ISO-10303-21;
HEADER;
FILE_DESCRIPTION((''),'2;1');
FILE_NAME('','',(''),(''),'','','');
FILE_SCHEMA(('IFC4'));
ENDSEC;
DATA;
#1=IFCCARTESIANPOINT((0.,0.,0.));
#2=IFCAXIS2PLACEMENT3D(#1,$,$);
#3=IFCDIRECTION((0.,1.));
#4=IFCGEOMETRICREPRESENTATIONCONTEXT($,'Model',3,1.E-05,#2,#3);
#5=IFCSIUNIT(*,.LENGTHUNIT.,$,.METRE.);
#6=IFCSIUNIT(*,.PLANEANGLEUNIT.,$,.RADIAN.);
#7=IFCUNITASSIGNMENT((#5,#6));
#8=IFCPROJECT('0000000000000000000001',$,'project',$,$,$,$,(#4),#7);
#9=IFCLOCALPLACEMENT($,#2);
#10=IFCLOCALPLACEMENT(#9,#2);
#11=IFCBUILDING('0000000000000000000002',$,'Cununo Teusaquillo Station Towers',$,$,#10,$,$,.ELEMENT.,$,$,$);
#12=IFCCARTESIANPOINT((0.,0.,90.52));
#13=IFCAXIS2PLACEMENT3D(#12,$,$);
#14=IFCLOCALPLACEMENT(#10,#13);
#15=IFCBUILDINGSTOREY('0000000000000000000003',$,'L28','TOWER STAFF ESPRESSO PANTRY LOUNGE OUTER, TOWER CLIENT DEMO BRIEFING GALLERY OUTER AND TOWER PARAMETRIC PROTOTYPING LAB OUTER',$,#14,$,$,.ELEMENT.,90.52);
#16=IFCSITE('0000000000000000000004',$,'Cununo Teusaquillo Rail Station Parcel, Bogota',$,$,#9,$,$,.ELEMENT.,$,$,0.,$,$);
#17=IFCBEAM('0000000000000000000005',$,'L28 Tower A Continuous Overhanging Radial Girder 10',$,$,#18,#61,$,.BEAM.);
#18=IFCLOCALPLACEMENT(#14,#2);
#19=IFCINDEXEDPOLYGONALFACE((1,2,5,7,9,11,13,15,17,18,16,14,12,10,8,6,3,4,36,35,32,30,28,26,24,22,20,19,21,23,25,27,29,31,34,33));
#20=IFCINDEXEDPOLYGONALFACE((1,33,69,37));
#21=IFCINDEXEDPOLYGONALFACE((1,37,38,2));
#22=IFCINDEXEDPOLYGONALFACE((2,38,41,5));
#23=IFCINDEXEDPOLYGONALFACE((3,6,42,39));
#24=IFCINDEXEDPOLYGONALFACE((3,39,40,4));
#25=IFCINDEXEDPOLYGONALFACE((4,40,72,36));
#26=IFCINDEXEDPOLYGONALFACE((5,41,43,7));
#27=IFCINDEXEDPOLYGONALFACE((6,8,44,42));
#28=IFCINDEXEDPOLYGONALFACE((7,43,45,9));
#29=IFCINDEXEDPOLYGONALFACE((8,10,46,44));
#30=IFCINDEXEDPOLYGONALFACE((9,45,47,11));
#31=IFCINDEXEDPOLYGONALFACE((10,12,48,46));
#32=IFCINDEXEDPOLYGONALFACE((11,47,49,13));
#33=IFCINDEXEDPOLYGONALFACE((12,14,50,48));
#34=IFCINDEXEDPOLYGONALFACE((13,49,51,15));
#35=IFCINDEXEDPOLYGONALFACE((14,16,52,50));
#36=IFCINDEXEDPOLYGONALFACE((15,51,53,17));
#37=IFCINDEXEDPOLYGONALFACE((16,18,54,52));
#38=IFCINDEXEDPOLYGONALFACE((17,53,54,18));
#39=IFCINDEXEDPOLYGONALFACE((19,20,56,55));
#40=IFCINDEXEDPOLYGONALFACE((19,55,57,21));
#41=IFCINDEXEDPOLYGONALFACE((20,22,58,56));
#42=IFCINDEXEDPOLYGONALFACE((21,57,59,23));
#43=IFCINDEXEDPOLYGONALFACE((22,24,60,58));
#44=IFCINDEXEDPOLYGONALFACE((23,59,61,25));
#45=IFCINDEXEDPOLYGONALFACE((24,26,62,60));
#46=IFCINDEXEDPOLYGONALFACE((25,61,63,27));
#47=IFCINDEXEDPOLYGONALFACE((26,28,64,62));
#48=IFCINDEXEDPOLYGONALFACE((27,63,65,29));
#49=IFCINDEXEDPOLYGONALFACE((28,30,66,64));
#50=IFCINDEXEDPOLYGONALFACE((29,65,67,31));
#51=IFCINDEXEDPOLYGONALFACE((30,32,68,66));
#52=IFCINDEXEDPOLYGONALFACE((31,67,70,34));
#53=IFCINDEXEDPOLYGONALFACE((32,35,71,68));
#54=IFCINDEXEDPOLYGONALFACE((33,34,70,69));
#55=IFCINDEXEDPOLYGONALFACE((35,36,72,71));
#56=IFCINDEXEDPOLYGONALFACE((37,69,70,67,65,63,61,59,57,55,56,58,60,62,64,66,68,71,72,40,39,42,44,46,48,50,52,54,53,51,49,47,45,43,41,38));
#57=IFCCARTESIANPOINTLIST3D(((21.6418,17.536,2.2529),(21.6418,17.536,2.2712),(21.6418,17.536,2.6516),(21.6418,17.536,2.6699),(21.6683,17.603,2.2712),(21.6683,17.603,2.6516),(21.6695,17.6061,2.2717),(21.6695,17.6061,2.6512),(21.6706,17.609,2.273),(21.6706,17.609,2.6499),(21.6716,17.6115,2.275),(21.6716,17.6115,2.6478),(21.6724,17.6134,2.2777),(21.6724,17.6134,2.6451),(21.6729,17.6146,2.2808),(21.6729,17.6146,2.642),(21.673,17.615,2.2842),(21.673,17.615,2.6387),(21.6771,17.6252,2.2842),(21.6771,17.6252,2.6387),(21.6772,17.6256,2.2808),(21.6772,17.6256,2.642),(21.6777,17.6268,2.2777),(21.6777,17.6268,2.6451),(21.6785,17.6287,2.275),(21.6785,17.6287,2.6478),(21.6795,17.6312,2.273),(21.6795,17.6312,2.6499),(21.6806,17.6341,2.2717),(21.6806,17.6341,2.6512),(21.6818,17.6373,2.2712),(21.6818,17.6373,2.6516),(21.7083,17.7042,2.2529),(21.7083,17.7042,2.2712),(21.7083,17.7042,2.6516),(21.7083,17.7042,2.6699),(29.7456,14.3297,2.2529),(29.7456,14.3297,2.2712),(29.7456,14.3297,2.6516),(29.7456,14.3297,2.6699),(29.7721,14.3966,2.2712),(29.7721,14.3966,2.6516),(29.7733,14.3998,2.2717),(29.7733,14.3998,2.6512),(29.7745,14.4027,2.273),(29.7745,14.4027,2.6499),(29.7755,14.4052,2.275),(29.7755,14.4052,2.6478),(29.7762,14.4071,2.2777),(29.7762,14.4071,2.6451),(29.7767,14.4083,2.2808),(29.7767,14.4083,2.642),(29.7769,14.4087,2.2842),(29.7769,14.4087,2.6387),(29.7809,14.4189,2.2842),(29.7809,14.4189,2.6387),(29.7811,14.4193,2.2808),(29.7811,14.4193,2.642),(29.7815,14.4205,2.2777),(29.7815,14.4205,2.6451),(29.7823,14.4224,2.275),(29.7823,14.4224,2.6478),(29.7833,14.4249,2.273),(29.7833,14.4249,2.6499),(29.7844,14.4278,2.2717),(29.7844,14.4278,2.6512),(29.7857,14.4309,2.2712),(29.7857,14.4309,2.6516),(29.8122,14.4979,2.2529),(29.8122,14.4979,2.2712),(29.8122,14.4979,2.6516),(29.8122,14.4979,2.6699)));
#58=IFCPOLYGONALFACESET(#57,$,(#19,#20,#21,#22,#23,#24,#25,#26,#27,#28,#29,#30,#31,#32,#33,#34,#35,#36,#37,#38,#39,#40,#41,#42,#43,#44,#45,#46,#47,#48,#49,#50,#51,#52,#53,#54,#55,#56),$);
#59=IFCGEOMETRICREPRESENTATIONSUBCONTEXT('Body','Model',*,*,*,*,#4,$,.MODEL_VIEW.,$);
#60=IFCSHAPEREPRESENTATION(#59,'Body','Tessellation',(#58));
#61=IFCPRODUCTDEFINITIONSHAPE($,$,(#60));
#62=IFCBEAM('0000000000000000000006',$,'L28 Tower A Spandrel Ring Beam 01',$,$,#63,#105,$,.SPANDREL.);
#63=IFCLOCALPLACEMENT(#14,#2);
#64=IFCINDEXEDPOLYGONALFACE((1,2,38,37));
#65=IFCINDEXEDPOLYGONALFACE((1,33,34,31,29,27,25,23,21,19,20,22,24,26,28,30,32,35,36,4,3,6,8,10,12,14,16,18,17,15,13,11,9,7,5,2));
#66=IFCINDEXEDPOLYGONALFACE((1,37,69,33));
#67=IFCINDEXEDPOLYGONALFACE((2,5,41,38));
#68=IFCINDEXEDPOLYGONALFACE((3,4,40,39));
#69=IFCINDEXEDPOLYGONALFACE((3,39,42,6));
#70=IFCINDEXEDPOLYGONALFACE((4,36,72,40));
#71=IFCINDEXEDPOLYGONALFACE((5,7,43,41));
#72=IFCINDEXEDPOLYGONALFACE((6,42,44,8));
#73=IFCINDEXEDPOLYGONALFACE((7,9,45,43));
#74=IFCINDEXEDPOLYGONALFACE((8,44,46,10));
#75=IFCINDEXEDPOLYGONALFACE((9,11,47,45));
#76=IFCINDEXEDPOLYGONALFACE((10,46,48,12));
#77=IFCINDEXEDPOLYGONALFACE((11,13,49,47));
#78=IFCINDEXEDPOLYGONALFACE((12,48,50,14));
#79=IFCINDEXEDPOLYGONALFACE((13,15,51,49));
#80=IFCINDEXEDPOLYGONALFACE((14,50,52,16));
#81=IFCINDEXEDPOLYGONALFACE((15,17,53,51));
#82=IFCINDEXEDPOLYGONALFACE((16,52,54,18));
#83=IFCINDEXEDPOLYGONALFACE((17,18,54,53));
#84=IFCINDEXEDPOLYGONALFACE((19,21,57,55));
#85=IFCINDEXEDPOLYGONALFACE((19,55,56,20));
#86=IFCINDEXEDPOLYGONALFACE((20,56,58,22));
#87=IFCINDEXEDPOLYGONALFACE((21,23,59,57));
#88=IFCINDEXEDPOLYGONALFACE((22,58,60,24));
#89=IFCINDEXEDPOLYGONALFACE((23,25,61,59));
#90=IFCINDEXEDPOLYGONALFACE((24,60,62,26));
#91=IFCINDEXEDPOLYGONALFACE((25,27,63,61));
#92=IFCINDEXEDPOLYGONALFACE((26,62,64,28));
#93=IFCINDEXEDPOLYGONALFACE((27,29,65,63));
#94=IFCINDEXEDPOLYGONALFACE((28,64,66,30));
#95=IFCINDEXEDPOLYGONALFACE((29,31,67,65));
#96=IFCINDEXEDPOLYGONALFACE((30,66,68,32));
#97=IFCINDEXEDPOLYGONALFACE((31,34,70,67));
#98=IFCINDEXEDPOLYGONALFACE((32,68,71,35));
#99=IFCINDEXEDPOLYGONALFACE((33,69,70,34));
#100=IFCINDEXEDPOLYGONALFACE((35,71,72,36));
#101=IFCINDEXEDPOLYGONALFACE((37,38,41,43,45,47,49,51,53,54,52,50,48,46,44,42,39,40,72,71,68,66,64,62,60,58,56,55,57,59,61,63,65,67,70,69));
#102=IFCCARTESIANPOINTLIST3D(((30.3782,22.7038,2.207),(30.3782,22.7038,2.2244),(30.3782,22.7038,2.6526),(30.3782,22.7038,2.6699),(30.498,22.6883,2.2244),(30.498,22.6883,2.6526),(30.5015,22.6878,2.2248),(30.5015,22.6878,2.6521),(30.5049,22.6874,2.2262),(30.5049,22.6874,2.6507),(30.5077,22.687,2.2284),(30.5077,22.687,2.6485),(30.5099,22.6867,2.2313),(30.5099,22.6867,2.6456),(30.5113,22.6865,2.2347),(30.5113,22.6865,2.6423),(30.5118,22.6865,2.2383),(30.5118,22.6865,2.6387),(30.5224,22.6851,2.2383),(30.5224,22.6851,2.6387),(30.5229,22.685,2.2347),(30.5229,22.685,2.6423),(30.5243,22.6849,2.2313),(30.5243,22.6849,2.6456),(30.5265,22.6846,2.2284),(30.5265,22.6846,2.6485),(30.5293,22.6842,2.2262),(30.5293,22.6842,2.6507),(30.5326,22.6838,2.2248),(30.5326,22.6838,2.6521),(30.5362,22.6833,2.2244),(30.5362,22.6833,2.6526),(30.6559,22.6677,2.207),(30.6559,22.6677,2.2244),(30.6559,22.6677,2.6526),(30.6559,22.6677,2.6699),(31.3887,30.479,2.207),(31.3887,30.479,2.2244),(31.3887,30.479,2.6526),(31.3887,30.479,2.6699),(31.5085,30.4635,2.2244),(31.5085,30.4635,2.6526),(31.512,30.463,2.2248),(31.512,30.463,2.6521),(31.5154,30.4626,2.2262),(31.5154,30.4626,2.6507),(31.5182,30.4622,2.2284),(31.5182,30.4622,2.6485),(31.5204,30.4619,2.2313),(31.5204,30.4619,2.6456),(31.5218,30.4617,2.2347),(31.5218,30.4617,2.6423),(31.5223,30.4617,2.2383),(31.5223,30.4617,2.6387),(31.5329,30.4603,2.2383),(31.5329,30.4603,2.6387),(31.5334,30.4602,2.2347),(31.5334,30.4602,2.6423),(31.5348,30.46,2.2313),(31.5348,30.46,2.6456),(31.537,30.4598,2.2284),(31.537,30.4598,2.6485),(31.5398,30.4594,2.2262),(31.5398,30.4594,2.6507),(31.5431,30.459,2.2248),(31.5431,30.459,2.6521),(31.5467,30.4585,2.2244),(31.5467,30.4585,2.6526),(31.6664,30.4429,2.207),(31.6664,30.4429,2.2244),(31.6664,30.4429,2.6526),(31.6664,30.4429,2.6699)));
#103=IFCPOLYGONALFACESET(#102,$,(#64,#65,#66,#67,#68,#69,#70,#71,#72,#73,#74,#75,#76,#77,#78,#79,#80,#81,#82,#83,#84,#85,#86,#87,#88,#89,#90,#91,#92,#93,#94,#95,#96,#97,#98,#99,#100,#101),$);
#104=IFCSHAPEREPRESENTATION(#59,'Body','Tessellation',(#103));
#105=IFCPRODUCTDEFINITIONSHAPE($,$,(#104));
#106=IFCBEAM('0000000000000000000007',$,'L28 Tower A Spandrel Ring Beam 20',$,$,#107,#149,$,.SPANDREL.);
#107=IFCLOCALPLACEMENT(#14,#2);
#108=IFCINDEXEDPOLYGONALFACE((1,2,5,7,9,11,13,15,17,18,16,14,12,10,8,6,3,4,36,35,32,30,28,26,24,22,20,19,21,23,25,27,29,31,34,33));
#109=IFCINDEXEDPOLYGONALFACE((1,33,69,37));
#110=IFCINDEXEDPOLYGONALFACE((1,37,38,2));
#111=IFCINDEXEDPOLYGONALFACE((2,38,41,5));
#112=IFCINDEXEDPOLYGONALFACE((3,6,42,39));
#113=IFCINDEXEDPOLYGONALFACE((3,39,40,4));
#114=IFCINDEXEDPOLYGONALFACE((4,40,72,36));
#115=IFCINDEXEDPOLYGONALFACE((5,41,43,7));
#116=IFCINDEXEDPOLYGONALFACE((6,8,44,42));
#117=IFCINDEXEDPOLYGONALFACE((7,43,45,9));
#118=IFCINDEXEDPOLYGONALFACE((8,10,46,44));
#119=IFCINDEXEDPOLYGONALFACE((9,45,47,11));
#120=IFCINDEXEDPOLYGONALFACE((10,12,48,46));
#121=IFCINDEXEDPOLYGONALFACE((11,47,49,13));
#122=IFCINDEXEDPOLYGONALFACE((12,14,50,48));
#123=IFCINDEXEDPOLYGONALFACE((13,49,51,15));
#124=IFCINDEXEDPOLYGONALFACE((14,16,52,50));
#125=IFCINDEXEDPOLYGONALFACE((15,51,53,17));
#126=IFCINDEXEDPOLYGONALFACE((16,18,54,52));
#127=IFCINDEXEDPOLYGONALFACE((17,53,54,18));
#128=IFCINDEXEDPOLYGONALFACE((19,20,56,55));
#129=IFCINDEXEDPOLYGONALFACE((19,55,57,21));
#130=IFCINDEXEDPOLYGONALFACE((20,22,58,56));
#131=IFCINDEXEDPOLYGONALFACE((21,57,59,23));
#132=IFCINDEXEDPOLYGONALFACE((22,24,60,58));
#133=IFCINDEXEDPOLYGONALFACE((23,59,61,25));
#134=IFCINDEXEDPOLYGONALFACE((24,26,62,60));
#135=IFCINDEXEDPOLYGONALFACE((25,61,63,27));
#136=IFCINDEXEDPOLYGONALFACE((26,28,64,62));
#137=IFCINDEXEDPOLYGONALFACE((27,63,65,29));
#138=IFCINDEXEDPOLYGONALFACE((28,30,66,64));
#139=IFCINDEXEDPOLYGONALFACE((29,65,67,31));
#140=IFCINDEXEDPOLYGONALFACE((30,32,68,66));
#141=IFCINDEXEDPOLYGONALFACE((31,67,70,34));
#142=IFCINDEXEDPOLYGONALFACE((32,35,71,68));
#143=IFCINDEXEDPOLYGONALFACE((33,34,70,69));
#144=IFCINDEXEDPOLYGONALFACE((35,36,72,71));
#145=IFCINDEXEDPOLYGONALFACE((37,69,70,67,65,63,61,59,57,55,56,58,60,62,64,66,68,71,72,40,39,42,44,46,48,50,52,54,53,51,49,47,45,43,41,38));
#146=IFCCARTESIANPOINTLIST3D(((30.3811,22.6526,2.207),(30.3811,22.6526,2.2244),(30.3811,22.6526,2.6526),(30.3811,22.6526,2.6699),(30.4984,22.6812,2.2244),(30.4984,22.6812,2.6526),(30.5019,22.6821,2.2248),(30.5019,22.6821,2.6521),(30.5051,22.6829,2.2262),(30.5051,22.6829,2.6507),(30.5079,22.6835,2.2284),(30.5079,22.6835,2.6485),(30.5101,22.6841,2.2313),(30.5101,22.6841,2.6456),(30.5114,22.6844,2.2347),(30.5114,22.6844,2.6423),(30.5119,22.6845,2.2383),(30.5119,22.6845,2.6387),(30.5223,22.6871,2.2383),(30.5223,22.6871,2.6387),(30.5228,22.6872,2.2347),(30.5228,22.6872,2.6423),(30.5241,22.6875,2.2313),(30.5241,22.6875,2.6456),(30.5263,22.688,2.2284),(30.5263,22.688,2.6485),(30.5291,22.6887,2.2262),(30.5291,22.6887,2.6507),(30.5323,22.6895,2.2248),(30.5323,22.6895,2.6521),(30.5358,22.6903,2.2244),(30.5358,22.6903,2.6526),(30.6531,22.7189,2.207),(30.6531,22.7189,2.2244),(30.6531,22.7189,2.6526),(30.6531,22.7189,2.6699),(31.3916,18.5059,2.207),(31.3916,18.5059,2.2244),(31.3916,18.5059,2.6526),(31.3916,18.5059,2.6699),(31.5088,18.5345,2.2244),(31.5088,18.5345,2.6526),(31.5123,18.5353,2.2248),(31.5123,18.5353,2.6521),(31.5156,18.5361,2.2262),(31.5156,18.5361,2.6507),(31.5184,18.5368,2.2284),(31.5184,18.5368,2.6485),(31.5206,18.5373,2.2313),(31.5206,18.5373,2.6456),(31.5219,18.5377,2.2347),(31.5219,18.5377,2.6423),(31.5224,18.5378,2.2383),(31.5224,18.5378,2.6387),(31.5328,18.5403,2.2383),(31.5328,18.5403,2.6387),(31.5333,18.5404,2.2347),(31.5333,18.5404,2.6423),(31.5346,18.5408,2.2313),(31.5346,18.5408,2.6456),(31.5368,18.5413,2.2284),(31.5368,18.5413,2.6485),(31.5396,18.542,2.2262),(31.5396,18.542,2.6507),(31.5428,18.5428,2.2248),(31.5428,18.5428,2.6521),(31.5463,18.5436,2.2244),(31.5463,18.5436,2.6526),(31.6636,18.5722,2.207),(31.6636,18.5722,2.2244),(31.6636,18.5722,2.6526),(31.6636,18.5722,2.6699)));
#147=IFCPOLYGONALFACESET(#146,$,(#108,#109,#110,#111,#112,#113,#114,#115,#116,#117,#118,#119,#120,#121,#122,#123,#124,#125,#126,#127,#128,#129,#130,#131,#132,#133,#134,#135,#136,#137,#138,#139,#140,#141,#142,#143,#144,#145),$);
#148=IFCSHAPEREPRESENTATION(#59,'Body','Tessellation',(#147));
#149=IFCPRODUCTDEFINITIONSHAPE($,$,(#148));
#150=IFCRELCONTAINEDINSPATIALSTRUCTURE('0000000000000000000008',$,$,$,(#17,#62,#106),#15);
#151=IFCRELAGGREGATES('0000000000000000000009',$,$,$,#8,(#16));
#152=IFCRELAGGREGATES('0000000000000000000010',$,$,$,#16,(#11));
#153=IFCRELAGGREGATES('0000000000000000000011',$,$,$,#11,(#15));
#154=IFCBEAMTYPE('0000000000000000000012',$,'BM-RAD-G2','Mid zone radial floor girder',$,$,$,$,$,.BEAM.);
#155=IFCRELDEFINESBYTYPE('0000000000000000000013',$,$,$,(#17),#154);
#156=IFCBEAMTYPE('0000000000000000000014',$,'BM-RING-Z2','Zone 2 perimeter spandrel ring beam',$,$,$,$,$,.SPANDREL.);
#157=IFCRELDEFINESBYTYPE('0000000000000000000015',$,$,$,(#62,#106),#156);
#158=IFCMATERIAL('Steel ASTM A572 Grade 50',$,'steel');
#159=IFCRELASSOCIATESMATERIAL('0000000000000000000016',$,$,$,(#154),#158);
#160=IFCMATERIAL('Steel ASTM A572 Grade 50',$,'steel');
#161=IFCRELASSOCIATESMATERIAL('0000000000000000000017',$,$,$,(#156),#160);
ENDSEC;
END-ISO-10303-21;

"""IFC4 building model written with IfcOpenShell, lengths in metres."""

from ifc_helpers import new_model, si_unit, direction, frame, origin, origin_2d, place, context, subcontext, project, spatial, i_section, extrude, material, material_profile, profile_set, type_object, element, save


model = new_model("IFC4")

# Units and contexts
model_context = context("Model", 3, precision=1e-05, world=origin(), true_north=direction((0.0, 1.0)))
body_context = subcontext(model_context, "Body", "Model", "MODEL_VIEW")
ifc_project = project(units=[si_unit("LENGTHUNIT", "METRE"), si_unit("PLANEANGLEUNIT", "RADIAN")], contexts=[model_context])

# Site, building, storey
site_placement = place(None, origin())
site = spatial("IfcSite", under=ifc_project, at=site_placement, Name="Cununo Teusaquillo Rail Station Parcel, Bogota", CompositionType="ELEMENT", RefElevation=0.0)
building_placement = place(site_placement, origin())
building = spatial("IfcBuilding", under=site, at=building_placement, Name="Cununo Teusaquillo Station Towers", CompositionType="ELEMENT")
storey_placement = place(building_placement, frame((0.0, 0.0, 90.52)))
storey = spatial("IfcBuildingStorey", under=building, at=storey_placement, Name="L28", Description="TOWER STAFF ESPRESSO PANTRY LOUNGE OUTER, TOWER CLIENT DEMO BRIEFING GALLERY OUTER AND TOWER PARAMETRIC PROTOTYPING LAB OUTER", CompositionType="ELEMENT", Elevation=90.52)

# Beams
ifc_material_1 = material(Name="Steel ASTM A572 Grade 50", Category="steel")
ifc_material_profile_1 = material_profile(ifc_material_1, i_section(OverallWidth=0.1809, OverallDepth=0.417, WebThickness=0.011, FlangeThickness=0.0183, FilletRadius=0.0129, at=origin_2d()), Name="W16X57")
ifc_profile_set_1 = profile_set([ifc_material_profile_1], Name="Steel ASTM A572 Grade 50")
beam_type_1 = type_object("IfcBeamType", Name="BM-RAD-G2", Description="Mid zone radial floor girder", PredefinedType="BEAM", material=ifc_profile_set_1)
beam_1_placement = place(storey_placement, frame((21.675, 17.6201, 2.4614), z_axis=(0.929863, -0.367906, 0.0), x_axis=(0.367906, 0.929863, 0.0)))
element("IfcBeam", 1, at=beam_1_placement, inside=storey, type_object=beam_type_1, Name="L28 Tower A Continuous Overhanging Radial Girder 10", PredefinedType="BEAM", context=body_context, shape_type="SweptSolid", body=[
    extrude(i_section(OverallWidth=0.1809, OverallDepth=0.417, WebThickness=0.011, FlangeThickness=0.0183, FilletRadius=0.0129, at=origin_2d()), origin(), (0.0, 0.0, 1.0), 8.7151),
])
ifc_material_2 = material(Name="Steel ASTM A572 Grade 50", Category="steel")
ifc_material_profile_2 = material_profile(ifc_material_2, i_section(OverallWidth=0.28, OverallDepth=0.4629, WebThickness=0.0107, FlangeThickness=0.0173, FilletRadius=0.0139, at=origin_2d()), Name="W18X76")
ifc_profile_set_2 = profile_set([ifc_material_profile_2], Name="Steel ASTM A572 Grade 50")
beam_type_2 = type_object("IfcBeamType", Name="BM-RING-Z2", Description="Zone 2 perimeter spandrel ring beam", PredefinedType="SPANDREL", material=ifc_profile_set_2)
beam_2_placement = place(storey_placement, frame((30.5171, 22.6858, 2.4385), z_axis=(0.128881, 0.99166, 0.0), x_axis=(-0.99166, 0.128881, 0.0)))
element("IfcBeam", 2, at=beam_2_placement, inside=storey, type_object=beam_type_2, Name="L28 Tower A Spandrel Ring Beam 01", PredefinedType="SPANDREL", context=body_context, shape_type="SweptSolid", body=[
    extrude(i_section(OverallWidth=0.28, OverallDepth=0.4629, WebThickness=0.0107, FlangeThickness=0.0173, FilletRadius=0.0139, at=origin_2d()), origin(), (0.0, 0.0, 1.0), 7.8406),
])
beam_3_placement = place(storey_placement, frame((31.5276, 18.5391, 2.4385), z_axis=(-0.236757, 0.971569, 0.0), x_axis=(-0.971569, -0.236757, 0.0)))
element("IfcBeam", 3, at=beam_3_placement, inside=storey, type_object=beam_type_2, Name="L28 Tower A Spandrel Ring Beam 20", PredefinedType="SPANDREL", context=body_context, shape_type="SweptSolid", body=[
    extrude(i_section(OverallWidth=0.28, OverallDepth=0.4629, WebThickness=0.0107, FlangeThickness=0.0173, FilletRadius=0.0139, at=origin_2d()), origin(), (0.0, 0.0, 1.0), 4.2681),
])

save(model, "model.ifc")
